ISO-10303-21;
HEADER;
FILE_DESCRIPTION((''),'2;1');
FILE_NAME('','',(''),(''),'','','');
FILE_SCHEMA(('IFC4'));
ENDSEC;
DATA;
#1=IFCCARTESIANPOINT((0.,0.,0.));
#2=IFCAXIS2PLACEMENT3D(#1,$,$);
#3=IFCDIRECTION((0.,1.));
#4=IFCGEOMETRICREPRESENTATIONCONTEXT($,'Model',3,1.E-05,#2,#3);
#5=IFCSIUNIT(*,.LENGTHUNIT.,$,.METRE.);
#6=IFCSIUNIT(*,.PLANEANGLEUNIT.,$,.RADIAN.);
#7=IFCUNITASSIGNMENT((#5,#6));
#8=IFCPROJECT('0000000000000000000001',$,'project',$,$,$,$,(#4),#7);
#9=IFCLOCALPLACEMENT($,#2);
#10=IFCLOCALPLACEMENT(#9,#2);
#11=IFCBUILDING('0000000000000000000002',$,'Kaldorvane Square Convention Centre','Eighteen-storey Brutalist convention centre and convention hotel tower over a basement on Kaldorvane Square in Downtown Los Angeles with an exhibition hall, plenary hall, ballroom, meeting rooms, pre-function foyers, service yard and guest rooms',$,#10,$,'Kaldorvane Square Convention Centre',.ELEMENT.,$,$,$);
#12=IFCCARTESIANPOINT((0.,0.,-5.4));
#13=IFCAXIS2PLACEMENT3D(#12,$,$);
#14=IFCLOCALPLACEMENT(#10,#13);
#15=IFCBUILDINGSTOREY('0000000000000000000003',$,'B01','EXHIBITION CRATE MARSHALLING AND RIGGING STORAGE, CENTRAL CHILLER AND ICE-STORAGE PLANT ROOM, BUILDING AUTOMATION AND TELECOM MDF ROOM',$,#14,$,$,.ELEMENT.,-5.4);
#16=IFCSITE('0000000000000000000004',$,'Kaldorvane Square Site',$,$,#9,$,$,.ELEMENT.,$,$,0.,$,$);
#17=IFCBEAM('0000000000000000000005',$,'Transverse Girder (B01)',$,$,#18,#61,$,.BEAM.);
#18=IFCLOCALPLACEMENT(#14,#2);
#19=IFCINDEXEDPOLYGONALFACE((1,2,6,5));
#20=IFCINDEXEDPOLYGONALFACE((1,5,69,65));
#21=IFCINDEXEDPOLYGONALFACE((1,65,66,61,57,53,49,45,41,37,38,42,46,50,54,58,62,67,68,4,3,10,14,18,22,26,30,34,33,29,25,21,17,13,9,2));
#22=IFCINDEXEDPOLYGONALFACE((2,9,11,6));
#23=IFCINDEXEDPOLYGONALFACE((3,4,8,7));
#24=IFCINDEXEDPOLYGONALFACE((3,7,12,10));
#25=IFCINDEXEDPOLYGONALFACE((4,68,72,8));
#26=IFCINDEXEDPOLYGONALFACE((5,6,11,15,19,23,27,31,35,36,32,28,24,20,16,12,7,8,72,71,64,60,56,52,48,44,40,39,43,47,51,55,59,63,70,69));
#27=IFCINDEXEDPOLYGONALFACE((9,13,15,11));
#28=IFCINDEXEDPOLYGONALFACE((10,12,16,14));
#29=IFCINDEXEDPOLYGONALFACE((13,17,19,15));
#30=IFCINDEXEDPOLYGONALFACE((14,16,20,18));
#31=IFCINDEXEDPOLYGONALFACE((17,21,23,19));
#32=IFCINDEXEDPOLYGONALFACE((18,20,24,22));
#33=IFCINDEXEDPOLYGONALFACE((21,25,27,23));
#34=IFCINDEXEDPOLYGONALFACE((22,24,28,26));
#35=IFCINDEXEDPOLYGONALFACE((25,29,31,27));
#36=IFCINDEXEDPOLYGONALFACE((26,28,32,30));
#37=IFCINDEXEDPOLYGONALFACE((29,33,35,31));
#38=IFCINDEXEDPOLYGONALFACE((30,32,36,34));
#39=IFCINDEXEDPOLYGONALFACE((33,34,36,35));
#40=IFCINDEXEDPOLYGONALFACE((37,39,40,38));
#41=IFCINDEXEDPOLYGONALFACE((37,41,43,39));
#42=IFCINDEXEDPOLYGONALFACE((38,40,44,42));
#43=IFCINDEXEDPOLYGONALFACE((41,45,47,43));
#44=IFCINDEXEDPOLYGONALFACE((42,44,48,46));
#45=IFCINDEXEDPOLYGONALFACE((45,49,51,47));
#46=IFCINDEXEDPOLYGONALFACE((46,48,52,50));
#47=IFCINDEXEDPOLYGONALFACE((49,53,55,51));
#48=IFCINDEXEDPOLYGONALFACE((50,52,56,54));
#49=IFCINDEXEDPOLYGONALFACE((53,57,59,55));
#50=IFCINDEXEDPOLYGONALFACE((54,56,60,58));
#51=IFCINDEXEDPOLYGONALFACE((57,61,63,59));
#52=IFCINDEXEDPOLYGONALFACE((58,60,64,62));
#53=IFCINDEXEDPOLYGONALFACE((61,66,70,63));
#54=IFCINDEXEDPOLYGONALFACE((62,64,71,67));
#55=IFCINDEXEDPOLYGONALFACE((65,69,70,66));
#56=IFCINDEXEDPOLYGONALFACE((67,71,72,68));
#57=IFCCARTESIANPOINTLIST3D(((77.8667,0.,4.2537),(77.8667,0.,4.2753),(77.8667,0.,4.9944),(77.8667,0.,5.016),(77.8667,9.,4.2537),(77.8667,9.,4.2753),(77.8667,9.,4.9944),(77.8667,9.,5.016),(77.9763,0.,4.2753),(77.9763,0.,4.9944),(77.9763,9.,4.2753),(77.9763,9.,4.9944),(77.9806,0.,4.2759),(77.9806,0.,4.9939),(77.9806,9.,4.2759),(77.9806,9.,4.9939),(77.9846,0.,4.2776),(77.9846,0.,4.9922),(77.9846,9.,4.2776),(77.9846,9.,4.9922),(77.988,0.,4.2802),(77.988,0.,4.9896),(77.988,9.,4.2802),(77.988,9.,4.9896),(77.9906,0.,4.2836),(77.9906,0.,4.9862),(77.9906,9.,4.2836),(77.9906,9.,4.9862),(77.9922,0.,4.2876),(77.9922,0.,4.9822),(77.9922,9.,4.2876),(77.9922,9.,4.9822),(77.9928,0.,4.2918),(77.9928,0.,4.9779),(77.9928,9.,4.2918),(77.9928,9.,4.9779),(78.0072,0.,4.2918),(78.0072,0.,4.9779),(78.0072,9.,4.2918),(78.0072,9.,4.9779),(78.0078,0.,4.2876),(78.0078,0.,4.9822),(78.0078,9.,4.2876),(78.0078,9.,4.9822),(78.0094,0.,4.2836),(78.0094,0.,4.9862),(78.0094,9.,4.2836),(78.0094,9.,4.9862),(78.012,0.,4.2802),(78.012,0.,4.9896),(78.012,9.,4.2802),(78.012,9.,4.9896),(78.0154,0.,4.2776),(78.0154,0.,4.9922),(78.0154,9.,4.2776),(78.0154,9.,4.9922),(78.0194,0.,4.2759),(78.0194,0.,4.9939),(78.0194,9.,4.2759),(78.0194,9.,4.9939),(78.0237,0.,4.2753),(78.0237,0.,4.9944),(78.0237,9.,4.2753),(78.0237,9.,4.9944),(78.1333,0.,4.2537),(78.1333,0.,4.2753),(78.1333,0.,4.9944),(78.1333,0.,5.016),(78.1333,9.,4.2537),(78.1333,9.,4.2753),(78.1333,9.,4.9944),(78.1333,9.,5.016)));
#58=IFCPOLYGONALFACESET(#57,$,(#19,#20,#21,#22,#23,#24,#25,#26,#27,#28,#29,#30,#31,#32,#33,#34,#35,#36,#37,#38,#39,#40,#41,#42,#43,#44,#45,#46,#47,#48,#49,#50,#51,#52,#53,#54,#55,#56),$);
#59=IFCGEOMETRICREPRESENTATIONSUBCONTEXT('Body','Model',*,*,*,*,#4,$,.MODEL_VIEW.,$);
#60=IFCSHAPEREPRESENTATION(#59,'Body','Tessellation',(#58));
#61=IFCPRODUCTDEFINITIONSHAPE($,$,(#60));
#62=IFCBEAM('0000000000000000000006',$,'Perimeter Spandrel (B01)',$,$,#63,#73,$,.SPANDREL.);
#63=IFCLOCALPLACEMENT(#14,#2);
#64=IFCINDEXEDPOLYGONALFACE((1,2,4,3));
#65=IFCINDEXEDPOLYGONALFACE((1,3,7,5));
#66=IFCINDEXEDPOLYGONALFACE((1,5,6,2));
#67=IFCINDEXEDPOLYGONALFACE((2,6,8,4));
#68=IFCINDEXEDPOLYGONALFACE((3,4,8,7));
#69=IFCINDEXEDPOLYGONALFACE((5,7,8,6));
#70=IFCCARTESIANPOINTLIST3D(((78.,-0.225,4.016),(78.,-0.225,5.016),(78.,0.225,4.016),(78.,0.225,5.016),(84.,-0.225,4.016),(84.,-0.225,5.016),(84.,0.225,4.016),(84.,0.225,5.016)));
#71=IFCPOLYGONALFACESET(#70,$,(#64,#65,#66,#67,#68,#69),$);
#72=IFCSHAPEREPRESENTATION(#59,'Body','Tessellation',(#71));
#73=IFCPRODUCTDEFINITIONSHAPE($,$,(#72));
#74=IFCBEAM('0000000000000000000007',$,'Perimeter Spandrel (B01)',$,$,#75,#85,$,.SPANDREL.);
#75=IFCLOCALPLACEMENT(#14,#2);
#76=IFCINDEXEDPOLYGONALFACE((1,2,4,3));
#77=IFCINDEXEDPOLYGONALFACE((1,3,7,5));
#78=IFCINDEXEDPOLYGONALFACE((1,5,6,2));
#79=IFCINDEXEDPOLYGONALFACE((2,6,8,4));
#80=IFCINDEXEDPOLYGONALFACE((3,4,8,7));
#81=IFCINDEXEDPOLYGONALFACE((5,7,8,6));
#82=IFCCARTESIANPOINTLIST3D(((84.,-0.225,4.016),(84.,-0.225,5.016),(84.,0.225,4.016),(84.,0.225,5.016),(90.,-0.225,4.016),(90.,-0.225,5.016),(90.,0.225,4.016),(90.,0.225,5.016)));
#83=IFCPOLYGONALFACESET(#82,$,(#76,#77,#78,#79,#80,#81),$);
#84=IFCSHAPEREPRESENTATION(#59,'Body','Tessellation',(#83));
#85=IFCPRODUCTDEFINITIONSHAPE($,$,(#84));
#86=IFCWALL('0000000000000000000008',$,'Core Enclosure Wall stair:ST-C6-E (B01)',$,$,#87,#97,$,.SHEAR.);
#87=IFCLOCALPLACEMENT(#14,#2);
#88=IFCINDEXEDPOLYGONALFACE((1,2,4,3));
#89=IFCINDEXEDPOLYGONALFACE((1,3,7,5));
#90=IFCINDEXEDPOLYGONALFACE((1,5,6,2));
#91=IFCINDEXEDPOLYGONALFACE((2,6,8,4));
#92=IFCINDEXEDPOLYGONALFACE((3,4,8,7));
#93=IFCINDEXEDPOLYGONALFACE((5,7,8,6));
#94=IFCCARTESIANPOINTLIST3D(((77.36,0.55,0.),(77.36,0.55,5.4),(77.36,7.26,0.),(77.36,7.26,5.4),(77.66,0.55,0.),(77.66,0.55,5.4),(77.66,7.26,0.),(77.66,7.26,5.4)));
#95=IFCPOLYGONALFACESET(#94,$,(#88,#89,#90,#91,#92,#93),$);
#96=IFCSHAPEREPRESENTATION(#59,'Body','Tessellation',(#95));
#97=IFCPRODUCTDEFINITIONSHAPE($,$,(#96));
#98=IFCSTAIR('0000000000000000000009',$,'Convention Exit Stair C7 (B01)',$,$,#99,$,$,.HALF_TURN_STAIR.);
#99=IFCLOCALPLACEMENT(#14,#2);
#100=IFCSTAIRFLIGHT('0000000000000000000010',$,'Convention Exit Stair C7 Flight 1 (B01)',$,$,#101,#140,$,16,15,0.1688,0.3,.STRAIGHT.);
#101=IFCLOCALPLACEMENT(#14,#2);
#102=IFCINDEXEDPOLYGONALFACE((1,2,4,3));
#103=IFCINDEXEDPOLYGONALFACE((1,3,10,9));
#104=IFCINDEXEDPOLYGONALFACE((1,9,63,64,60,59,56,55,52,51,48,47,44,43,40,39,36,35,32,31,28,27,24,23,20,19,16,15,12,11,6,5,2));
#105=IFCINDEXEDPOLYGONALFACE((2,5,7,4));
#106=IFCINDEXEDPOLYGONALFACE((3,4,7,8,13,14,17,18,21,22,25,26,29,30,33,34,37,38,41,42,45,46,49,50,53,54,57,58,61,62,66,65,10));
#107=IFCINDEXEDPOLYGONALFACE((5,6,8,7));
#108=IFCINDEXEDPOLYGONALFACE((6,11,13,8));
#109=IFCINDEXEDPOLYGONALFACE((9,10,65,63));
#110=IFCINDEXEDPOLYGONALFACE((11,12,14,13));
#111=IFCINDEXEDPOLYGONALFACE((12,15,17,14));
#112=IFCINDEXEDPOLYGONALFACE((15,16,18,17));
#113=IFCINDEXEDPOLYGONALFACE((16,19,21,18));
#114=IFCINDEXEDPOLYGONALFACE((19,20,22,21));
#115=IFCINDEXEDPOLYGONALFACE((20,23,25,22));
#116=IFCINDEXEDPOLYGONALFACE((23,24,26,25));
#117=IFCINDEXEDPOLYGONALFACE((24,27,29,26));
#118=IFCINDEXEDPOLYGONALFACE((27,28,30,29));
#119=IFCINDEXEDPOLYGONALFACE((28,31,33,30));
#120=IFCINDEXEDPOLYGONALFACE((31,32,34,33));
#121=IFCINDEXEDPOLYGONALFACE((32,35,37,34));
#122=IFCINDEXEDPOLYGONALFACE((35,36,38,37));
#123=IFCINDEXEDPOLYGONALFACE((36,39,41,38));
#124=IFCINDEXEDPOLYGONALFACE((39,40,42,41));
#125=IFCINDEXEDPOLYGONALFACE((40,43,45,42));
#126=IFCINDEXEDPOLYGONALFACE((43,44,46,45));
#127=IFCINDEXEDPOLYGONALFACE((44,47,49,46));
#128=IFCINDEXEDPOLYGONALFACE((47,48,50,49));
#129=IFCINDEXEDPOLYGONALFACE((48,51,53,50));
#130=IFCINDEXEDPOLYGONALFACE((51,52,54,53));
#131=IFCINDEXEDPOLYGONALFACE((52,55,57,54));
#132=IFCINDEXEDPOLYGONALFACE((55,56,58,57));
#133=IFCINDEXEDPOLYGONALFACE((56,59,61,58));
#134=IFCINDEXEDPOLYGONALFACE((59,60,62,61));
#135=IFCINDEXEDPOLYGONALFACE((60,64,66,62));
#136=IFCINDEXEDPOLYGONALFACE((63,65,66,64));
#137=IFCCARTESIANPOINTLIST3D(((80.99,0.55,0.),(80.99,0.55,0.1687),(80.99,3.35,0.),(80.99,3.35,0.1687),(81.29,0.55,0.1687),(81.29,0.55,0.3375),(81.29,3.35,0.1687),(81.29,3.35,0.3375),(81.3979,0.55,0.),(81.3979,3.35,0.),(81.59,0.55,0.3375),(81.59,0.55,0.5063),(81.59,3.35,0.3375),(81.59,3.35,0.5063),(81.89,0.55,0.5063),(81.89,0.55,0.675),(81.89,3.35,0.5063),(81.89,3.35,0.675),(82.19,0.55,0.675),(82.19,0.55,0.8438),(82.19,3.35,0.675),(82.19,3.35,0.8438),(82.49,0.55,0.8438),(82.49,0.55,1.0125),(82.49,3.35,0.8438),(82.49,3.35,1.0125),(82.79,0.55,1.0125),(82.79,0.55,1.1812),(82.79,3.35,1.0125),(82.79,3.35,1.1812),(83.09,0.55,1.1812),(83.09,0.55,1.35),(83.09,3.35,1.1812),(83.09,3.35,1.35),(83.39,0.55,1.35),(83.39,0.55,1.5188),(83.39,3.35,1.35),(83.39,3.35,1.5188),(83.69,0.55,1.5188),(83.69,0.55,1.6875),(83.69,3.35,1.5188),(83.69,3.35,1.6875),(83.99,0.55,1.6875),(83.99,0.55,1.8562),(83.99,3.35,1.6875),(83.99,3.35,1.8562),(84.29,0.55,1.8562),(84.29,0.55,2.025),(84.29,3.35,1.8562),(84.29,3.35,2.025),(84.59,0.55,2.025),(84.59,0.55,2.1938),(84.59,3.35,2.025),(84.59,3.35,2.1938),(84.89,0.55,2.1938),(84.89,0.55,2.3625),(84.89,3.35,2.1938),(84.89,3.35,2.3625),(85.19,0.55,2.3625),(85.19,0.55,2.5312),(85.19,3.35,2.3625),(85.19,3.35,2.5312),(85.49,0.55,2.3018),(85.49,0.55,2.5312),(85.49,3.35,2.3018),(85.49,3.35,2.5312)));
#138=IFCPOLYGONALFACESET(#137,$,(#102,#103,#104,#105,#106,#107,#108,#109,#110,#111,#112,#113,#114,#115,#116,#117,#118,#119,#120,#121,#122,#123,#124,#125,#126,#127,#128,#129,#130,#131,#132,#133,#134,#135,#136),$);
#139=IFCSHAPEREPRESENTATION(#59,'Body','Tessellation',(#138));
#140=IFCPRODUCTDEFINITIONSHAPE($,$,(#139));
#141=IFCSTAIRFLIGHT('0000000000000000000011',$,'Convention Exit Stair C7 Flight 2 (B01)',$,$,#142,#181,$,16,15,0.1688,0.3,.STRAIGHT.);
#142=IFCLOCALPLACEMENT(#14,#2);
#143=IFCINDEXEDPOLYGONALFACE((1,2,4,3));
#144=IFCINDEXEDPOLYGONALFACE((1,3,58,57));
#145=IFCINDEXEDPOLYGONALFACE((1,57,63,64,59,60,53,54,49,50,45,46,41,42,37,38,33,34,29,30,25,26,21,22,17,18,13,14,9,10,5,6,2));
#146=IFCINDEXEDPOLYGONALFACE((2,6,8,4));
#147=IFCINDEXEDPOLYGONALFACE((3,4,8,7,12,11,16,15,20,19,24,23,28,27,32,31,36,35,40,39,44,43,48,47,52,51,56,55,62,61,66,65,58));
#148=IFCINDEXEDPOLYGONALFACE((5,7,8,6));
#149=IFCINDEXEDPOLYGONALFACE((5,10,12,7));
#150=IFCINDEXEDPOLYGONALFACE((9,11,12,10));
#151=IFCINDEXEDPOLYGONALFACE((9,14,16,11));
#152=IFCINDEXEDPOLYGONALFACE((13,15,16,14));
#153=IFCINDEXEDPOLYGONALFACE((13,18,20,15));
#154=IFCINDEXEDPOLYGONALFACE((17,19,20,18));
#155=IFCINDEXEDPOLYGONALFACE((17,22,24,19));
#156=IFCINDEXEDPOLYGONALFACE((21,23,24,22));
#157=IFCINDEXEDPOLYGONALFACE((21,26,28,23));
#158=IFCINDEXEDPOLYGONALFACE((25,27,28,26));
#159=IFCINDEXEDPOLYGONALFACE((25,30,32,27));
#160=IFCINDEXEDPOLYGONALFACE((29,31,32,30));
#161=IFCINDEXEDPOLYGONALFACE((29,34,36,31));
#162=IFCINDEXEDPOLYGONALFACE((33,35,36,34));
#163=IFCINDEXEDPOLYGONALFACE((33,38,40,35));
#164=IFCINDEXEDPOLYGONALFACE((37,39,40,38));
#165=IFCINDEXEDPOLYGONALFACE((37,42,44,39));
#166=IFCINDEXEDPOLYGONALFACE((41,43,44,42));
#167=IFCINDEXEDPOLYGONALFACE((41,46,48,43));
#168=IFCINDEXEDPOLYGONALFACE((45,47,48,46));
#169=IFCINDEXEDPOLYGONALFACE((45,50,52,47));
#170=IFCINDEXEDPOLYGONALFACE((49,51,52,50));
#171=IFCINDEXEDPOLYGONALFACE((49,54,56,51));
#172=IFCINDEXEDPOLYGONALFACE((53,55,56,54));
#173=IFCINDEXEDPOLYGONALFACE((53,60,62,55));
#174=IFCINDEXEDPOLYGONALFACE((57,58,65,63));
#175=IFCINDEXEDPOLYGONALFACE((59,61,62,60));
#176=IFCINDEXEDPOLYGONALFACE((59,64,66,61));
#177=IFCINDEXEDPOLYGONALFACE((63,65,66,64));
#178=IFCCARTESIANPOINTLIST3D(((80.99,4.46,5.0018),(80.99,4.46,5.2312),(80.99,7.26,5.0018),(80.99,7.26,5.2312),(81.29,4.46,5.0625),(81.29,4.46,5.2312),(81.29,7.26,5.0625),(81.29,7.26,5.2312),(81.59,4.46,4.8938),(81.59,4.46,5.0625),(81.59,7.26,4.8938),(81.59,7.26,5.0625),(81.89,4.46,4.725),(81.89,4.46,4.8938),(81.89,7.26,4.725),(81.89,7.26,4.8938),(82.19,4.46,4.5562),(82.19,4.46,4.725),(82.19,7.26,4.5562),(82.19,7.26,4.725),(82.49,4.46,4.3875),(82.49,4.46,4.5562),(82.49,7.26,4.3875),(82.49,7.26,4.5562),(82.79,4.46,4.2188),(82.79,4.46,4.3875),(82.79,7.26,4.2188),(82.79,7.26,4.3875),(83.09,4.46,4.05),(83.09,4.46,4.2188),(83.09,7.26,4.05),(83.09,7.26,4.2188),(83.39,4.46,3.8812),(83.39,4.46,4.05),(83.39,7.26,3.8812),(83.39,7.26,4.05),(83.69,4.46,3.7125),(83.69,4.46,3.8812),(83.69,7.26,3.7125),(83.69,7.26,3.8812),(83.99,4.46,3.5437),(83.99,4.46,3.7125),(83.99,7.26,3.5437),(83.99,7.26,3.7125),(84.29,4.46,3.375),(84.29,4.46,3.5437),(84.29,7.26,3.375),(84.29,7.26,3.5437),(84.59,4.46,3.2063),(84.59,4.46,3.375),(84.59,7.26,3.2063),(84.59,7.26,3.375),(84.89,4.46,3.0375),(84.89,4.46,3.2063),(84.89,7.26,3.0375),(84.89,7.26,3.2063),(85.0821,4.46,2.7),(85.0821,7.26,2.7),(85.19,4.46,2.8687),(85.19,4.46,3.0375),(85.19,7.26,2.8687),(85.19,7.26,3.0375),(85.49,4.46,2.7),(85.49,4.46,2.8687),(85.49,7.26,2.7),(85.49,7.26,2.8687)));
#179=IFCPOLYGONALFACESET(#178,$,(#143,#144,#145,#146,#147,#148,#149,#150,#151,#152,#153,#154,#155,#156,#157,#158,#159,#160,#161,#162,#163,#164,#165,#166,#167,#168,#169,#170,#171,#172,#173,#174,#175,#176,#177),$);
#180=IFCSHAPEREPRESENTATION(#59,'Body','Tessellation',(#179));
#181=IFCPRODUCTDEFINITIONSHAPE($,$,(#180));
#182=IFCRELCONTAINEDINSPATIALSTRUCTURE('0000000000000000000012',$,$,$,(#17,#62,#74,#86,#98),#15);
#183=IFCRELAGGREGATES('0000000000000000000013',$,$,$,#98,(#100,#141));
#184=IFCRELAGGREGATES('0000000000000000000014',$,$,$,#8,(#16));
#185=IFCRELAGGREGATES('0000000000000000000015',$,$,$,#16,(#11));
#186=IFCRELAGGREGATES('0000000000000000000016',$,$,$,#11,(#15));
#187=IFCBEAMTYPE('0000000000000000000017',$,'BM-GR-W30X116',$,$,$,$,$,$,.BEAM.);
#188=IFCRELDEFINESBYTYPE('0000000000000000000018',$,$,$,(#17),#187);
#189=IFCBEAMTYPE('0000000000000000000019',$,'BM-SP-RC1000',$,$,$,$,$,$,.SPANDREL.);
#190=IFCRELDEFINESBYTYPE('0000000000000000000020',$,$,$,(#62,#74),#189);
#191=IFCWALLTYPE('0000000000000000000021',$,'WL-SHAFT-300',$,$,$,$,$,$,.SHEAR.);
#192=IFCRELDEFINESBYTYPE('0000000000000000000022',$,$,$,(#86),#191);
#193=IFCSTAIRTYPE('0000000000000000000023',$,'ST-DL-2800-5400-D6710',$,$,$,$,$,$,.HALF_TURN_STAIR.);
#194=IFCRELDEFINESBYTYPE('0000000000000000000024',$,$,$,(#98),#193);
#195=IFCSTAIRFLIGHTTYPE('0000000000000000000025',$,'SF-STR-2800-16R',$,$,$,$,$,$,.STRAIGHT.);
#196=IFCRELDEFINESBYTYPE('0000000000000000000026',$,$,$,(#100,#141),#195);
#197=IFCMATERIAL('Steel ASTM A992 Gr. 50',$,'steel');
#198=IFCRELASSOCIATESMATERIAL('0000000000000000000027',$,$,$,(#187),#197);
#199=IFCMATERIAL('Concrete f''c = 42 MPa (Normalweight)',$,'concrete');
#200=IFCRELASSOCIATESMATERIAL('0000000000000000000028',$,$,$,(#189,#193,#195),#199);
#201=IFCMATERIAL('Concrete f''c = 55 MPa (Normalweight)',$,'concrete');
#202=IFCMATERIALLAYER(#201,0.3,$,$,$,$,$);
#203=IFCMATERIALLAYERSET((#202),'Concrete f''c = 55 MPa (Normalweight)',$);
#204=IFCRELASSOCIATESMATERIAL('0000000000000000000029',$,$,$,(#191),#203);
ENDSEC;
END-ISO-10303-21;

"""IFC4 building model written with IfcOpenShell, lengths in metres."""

from ifc_helpers import new_model, si_unit, direction, frame, frame_2d, origin, origin_2d, place, context, subcontext, project, spatial, polyline, rectangle, i_section, outline, extrude, material, layer, layer_set, material_profile, profile_set, type_object, element, aggregate, save


model = new_model("IFC4")

# Units and contexts
model_context = context("Model", 3, precision=1e-05, world=origin(), true_north=direction((0.0, 1.0)))
body_context = subcontext(model_context, "Body", "Model", "MODEL_VIEW")
ifc_project = project(units=[si_unit("LENGTHUNIT", "METRE"), si_unit("PLANEANGLEUNIT", "RADIAN")], contexts=[model_context])

# Site, building, storey
site_placement = place(None, origin())
site = spatial("IfcSite", under=ifc_project, at=site_placement, Name="Kaldorvane Square Site", CompositionType="ELEMENT", RefElevation=0.0)
building_placement = place(site_placement, origin())
building = spatial("IfcBuilding", under=site, at=building_placement, Name="Kaldorvane Square Convention Centre", Description="Eighteen-storey Brutalist convention centre and convention hotel tower over a basement on Kaldorvane Square in Downtown Los Angeles with an exhibition hall, plenary hall, ballroom, meeting rooms, pre-function foyers, service yard and guest rooms", LongName="Kaldorvane Square Convention Centre", CompositionType="ELEMENT")
storey_placement = place(building_placement, frame((0.0, 0.0, -5.4)))
storey = spatial("IfcBuildingStorey", under=building, at=storey_placement, Name="B01", Description="EXHIBITION CRATE MARSHALLING AND RIGGING STORAGE, CENTRAL CHILLER AND ICE-STORAGE PLANT ROOM, BUILDING AUTOMATION AND TELECOM MDF ROOM", CompositionType="ELEMENT", Elevation=-5.4)

# Shared definitions
ifc_material_1 = material(Name="Concrete f'c = 42 MPa (Normalweight)", Category="concrete")

# Shared definitions
ifc_material_2 = material(Name="Steel ASTM A992 Gr. 50", Category="steel")
ifc_material_3 = material(Name="Concrete f'c = 55 MPa (Normalweight)", Category="concrete")

# Beams
ifc_material_profile_1 = material_profile(ifc_material_2, i_section(OverallWidth=0.2666, OverallDepth=0.7623, WebThickness=0.0144, FlangeThickness=0.0216, FilletRadius=0.0165, at=origin_2d()), Name="W30X116")
ifc_profile_set_1 = profile_set([ifc_material_profile_1], Name="Steel ASTM A992 Gr. 50")
beam_type_1 = type_object("IfcBeamType", Name="BM-GR-W30X116", PredefinedType="BEAM", material=ifc_profile_set_1)
beam_placement = place(storey_placement, frame((78.0, 0.0, 4.6349), z_axis=(0.0, 1.0, 0.0), x_axis=(-1.0, 0.0, 0.0)))
element("IfcBeam", 1, at=beam_placement, inside=storey, type_object=beam_type_1, Name="Transverse Girder (B01)", PredefinedType="BEAM", context=body_context, shape_type="SweptSolid", body=[
    extrude(i_section(OverallWidth=0.2666, OverallDepth=0.7623, WebThickness=0.0144, FlangeThickness=0.0216, FilletRadius=0.0165, at=origin_2d()), origin(), (0.0, 0.0, 1.0), 9.0),
])
ifc_material_profile_2 = material_profile(ifc_material_1, rectangle(XDim=0.45, YDim=1.0, at=origin_2d()), Name="RCSP1000X450")
ifc_profile_set_2 = profile_set([ifc_material_profile_2], Name="Concrete f'c = 42 MPa (Normalweight)")
beam_type_2 = type_object("IfcBeamType", Name="BM-SP-RC1000", PredefinedType="SPANDREL", material=ifc_profile_set_2)
for number, where, z_axis, x_axis, name in (
    (2, (78.0, 0.0, 4.516), (1.0, 0.0, 0.0), (0.0, 1.0, 0.0), "Perimeter Spandrel (B01)"),
    (3, (84.0, 0.0, 4.516), (1.0, 0.0, 0.0), (0.0, 1.0, 0.0), "Perimeter Spandrel (B01)"),
):
    element("IfcBeam", number, at=place(storey_placement, frame(where, z_axis=z_axis, x_axis=x_axis)), inside=storey, type_object=beam_type_2, Name=name, PredefinedType="SPANDREL", context=body_context, shape_type="SweptSolid", body=[
        extrude(rectangle(XDim=0.45, YDim=1.0, at=origin_2d()), origin(), (0.0, 0.0, 1.0), 6.0),
    ])

# Wall
ifc_layer = layer(ifc_material_3, 0.3)
ifc_layer_set = layer_set([ifc_layer], Name="Concrete f'c = 55 MPa (Normalweight)")
wall_type = type_object("IfcWallType", Name="WL-SHAFT-300", PredefinedType="SHEAR", material=ifc_layer_set)
wall_placement = place(storey_placement, frame((77.51, 0.55, 0.0), z_axis=(0.0, 0.0, 1.0), x_axis=(0.0, 1.0, 0.0)))
element("IfcWall", 4, at=wall_placement, inside=storey, type_object=wall_type, Name="Core Enclosure Wall stair:ST-C6-E (B01)", PredefinedType="SHEAR", context=body_context, shape_type="SweptSolid", body=[
    extrude(rectangle(XDim=6.71, YDim=0.3, at=frame_2d((3.355, 0.0))), origin(), (0.0, 0.0, 1.0), 5.4),
])

# Stair, stair flights
stair_type = type_object("IfcStairType", Name="ST-DL-2800-5400-D6710", PredefinedType="HALF_TURN_STAIR", material=ifc_material_1)
stair_placement = place(storey_placement, origin())
stair = element("IfcStair", 5, at=stair_placement, inside=storey, type_object=stair_type, Name="Convention Exit Stair C7 (B01)", PredefinedType="HALF_TURN_STAIR")
stair_flight_type = type_object("IfcStairFlightType", Name="SF-STR-2800-16R", PredefinedType="STRAIGHT", material=ifc_material_1)
stair_flight_1_placement = place(storey_placement, frame((80.99, 1.95, 0.0), z_axis=(0.0, 0.0, 1.0), x_axis=(1.0, 0.0, 0.0)))
stair_flight_1 = element("IfcStairFlight", 6, at=stair_flight_1_placement, type_object=stair_flight_type, Name="Convention Exit Stair C7 Flight 1 (B01)", NumberOfRisers=16, NumberOfTreads=15, PredefinedType="STRAIGHT", RiserHeight=0.1688, TreadLength=0.3, context=body_context, shape_type="SweptSolid", body=[
    extrude(outline(polyline([(0.0, 0.0), (0.0, 0.1687), (0.3, 0.1687), (0.3, 0.3375), (0.6, 0.3375), (0.6, 0.5063), (0.9, 0.5063), (0.9, 0.675), (1.2, 0.675), (1.2, 0.8438), (1.5, 0.8438), (1.5, 1.0125), (1.8, 1.0125), (1.8, 1.1812), (2.1, 1.1812), (2.1, 1.35), (2.4, 1.35), (2.4, 1.5188), (2.7, 1.5188), (2.7, 1.6875), (3.0, 1.6875), (3.0, 1.8562), (3.3, 1.8562), (3.3, 2.025), (3.6, 2.025), (3.6, 2.1938), (3.9, 2.1938), (3.9, 2.3625), (4.2, 2.3625), (4.2, 2.5312), (4.5, 2.5312), (4.5, 2.7), (4.5, 2.3018), (0.4079, 0.0), (0.0, 0.0)])), frame((0.0, 1.4, 0.0), z_axis=(0.0, -1.0, 0.0), x_axis=(1.0, 0.0, 0.0)), (0.0, 0.0, 1.0), 2.8),
])
stair_flight_2_placement = place(storey_placement, frame((85.49, 5.86, 2.7), z_axis=(0.0, 0.0, 1.0), x_axis=(-1.0, 0.0, 0.0)))
stair_flight_2 = element("IfcStairFlight", 7, at=stair_flight_2_placement, type_object=stair_flight_type, Name="Convention Exit Stair C7 Flight 2 (B01)", NumberOfRisers=16, NumberOfTreads=15, PredefinedType="STRAIGHT", RiserHeight=0.1688, TreadLength=0.3, context=body_context, shape_type="SweptSolid", body=[
    extrude(outline(polyline([(0.0, 0.0), (0.0, 0.1687), (0.3, 0.1687), (0.3, 0.3375), (0.6, 0.3375), (0.6, 0.5063), (0.9, 0.5063), (0.9, 0.675), (1.2, 0.675), (1.2, 0.8438), (1.5, 0.8438), (1.5, 1.0125), (1.8, 1.0125), (1.8, 1.1812), (2.1, 1.1812), (2.1, 1.35), (2.4, 1.35), (2.4, 1.5188), (2.7, 1.5188), (2.7, 1.6875), (3.0, 1.6875), (3.0, 1.8562), (3.3, 1.8562), (3.3, 2.025), (3.6, 2.025), (3.6, 2.1938), (3.9, 2.1938), (3.9, 2.3625), (4.2, 2.3625), (4.2, 2.5312), (4.5, 2.5312), (4.5, 2.7), (4.5, 2.3018), (0.4079, 0.0), (0.0, 0.0)])), frame((0.0, 1.4, 0.0), z_axis=(0.0, -1.0, 0.0), x_axis=(1.0, 0.0, 0.0)), (0.0, 0.0, 1.0), 2.8),
])
aggregate(stair, [stair_flight_1, stair_flight_2])

save(model, "model.ifc")
